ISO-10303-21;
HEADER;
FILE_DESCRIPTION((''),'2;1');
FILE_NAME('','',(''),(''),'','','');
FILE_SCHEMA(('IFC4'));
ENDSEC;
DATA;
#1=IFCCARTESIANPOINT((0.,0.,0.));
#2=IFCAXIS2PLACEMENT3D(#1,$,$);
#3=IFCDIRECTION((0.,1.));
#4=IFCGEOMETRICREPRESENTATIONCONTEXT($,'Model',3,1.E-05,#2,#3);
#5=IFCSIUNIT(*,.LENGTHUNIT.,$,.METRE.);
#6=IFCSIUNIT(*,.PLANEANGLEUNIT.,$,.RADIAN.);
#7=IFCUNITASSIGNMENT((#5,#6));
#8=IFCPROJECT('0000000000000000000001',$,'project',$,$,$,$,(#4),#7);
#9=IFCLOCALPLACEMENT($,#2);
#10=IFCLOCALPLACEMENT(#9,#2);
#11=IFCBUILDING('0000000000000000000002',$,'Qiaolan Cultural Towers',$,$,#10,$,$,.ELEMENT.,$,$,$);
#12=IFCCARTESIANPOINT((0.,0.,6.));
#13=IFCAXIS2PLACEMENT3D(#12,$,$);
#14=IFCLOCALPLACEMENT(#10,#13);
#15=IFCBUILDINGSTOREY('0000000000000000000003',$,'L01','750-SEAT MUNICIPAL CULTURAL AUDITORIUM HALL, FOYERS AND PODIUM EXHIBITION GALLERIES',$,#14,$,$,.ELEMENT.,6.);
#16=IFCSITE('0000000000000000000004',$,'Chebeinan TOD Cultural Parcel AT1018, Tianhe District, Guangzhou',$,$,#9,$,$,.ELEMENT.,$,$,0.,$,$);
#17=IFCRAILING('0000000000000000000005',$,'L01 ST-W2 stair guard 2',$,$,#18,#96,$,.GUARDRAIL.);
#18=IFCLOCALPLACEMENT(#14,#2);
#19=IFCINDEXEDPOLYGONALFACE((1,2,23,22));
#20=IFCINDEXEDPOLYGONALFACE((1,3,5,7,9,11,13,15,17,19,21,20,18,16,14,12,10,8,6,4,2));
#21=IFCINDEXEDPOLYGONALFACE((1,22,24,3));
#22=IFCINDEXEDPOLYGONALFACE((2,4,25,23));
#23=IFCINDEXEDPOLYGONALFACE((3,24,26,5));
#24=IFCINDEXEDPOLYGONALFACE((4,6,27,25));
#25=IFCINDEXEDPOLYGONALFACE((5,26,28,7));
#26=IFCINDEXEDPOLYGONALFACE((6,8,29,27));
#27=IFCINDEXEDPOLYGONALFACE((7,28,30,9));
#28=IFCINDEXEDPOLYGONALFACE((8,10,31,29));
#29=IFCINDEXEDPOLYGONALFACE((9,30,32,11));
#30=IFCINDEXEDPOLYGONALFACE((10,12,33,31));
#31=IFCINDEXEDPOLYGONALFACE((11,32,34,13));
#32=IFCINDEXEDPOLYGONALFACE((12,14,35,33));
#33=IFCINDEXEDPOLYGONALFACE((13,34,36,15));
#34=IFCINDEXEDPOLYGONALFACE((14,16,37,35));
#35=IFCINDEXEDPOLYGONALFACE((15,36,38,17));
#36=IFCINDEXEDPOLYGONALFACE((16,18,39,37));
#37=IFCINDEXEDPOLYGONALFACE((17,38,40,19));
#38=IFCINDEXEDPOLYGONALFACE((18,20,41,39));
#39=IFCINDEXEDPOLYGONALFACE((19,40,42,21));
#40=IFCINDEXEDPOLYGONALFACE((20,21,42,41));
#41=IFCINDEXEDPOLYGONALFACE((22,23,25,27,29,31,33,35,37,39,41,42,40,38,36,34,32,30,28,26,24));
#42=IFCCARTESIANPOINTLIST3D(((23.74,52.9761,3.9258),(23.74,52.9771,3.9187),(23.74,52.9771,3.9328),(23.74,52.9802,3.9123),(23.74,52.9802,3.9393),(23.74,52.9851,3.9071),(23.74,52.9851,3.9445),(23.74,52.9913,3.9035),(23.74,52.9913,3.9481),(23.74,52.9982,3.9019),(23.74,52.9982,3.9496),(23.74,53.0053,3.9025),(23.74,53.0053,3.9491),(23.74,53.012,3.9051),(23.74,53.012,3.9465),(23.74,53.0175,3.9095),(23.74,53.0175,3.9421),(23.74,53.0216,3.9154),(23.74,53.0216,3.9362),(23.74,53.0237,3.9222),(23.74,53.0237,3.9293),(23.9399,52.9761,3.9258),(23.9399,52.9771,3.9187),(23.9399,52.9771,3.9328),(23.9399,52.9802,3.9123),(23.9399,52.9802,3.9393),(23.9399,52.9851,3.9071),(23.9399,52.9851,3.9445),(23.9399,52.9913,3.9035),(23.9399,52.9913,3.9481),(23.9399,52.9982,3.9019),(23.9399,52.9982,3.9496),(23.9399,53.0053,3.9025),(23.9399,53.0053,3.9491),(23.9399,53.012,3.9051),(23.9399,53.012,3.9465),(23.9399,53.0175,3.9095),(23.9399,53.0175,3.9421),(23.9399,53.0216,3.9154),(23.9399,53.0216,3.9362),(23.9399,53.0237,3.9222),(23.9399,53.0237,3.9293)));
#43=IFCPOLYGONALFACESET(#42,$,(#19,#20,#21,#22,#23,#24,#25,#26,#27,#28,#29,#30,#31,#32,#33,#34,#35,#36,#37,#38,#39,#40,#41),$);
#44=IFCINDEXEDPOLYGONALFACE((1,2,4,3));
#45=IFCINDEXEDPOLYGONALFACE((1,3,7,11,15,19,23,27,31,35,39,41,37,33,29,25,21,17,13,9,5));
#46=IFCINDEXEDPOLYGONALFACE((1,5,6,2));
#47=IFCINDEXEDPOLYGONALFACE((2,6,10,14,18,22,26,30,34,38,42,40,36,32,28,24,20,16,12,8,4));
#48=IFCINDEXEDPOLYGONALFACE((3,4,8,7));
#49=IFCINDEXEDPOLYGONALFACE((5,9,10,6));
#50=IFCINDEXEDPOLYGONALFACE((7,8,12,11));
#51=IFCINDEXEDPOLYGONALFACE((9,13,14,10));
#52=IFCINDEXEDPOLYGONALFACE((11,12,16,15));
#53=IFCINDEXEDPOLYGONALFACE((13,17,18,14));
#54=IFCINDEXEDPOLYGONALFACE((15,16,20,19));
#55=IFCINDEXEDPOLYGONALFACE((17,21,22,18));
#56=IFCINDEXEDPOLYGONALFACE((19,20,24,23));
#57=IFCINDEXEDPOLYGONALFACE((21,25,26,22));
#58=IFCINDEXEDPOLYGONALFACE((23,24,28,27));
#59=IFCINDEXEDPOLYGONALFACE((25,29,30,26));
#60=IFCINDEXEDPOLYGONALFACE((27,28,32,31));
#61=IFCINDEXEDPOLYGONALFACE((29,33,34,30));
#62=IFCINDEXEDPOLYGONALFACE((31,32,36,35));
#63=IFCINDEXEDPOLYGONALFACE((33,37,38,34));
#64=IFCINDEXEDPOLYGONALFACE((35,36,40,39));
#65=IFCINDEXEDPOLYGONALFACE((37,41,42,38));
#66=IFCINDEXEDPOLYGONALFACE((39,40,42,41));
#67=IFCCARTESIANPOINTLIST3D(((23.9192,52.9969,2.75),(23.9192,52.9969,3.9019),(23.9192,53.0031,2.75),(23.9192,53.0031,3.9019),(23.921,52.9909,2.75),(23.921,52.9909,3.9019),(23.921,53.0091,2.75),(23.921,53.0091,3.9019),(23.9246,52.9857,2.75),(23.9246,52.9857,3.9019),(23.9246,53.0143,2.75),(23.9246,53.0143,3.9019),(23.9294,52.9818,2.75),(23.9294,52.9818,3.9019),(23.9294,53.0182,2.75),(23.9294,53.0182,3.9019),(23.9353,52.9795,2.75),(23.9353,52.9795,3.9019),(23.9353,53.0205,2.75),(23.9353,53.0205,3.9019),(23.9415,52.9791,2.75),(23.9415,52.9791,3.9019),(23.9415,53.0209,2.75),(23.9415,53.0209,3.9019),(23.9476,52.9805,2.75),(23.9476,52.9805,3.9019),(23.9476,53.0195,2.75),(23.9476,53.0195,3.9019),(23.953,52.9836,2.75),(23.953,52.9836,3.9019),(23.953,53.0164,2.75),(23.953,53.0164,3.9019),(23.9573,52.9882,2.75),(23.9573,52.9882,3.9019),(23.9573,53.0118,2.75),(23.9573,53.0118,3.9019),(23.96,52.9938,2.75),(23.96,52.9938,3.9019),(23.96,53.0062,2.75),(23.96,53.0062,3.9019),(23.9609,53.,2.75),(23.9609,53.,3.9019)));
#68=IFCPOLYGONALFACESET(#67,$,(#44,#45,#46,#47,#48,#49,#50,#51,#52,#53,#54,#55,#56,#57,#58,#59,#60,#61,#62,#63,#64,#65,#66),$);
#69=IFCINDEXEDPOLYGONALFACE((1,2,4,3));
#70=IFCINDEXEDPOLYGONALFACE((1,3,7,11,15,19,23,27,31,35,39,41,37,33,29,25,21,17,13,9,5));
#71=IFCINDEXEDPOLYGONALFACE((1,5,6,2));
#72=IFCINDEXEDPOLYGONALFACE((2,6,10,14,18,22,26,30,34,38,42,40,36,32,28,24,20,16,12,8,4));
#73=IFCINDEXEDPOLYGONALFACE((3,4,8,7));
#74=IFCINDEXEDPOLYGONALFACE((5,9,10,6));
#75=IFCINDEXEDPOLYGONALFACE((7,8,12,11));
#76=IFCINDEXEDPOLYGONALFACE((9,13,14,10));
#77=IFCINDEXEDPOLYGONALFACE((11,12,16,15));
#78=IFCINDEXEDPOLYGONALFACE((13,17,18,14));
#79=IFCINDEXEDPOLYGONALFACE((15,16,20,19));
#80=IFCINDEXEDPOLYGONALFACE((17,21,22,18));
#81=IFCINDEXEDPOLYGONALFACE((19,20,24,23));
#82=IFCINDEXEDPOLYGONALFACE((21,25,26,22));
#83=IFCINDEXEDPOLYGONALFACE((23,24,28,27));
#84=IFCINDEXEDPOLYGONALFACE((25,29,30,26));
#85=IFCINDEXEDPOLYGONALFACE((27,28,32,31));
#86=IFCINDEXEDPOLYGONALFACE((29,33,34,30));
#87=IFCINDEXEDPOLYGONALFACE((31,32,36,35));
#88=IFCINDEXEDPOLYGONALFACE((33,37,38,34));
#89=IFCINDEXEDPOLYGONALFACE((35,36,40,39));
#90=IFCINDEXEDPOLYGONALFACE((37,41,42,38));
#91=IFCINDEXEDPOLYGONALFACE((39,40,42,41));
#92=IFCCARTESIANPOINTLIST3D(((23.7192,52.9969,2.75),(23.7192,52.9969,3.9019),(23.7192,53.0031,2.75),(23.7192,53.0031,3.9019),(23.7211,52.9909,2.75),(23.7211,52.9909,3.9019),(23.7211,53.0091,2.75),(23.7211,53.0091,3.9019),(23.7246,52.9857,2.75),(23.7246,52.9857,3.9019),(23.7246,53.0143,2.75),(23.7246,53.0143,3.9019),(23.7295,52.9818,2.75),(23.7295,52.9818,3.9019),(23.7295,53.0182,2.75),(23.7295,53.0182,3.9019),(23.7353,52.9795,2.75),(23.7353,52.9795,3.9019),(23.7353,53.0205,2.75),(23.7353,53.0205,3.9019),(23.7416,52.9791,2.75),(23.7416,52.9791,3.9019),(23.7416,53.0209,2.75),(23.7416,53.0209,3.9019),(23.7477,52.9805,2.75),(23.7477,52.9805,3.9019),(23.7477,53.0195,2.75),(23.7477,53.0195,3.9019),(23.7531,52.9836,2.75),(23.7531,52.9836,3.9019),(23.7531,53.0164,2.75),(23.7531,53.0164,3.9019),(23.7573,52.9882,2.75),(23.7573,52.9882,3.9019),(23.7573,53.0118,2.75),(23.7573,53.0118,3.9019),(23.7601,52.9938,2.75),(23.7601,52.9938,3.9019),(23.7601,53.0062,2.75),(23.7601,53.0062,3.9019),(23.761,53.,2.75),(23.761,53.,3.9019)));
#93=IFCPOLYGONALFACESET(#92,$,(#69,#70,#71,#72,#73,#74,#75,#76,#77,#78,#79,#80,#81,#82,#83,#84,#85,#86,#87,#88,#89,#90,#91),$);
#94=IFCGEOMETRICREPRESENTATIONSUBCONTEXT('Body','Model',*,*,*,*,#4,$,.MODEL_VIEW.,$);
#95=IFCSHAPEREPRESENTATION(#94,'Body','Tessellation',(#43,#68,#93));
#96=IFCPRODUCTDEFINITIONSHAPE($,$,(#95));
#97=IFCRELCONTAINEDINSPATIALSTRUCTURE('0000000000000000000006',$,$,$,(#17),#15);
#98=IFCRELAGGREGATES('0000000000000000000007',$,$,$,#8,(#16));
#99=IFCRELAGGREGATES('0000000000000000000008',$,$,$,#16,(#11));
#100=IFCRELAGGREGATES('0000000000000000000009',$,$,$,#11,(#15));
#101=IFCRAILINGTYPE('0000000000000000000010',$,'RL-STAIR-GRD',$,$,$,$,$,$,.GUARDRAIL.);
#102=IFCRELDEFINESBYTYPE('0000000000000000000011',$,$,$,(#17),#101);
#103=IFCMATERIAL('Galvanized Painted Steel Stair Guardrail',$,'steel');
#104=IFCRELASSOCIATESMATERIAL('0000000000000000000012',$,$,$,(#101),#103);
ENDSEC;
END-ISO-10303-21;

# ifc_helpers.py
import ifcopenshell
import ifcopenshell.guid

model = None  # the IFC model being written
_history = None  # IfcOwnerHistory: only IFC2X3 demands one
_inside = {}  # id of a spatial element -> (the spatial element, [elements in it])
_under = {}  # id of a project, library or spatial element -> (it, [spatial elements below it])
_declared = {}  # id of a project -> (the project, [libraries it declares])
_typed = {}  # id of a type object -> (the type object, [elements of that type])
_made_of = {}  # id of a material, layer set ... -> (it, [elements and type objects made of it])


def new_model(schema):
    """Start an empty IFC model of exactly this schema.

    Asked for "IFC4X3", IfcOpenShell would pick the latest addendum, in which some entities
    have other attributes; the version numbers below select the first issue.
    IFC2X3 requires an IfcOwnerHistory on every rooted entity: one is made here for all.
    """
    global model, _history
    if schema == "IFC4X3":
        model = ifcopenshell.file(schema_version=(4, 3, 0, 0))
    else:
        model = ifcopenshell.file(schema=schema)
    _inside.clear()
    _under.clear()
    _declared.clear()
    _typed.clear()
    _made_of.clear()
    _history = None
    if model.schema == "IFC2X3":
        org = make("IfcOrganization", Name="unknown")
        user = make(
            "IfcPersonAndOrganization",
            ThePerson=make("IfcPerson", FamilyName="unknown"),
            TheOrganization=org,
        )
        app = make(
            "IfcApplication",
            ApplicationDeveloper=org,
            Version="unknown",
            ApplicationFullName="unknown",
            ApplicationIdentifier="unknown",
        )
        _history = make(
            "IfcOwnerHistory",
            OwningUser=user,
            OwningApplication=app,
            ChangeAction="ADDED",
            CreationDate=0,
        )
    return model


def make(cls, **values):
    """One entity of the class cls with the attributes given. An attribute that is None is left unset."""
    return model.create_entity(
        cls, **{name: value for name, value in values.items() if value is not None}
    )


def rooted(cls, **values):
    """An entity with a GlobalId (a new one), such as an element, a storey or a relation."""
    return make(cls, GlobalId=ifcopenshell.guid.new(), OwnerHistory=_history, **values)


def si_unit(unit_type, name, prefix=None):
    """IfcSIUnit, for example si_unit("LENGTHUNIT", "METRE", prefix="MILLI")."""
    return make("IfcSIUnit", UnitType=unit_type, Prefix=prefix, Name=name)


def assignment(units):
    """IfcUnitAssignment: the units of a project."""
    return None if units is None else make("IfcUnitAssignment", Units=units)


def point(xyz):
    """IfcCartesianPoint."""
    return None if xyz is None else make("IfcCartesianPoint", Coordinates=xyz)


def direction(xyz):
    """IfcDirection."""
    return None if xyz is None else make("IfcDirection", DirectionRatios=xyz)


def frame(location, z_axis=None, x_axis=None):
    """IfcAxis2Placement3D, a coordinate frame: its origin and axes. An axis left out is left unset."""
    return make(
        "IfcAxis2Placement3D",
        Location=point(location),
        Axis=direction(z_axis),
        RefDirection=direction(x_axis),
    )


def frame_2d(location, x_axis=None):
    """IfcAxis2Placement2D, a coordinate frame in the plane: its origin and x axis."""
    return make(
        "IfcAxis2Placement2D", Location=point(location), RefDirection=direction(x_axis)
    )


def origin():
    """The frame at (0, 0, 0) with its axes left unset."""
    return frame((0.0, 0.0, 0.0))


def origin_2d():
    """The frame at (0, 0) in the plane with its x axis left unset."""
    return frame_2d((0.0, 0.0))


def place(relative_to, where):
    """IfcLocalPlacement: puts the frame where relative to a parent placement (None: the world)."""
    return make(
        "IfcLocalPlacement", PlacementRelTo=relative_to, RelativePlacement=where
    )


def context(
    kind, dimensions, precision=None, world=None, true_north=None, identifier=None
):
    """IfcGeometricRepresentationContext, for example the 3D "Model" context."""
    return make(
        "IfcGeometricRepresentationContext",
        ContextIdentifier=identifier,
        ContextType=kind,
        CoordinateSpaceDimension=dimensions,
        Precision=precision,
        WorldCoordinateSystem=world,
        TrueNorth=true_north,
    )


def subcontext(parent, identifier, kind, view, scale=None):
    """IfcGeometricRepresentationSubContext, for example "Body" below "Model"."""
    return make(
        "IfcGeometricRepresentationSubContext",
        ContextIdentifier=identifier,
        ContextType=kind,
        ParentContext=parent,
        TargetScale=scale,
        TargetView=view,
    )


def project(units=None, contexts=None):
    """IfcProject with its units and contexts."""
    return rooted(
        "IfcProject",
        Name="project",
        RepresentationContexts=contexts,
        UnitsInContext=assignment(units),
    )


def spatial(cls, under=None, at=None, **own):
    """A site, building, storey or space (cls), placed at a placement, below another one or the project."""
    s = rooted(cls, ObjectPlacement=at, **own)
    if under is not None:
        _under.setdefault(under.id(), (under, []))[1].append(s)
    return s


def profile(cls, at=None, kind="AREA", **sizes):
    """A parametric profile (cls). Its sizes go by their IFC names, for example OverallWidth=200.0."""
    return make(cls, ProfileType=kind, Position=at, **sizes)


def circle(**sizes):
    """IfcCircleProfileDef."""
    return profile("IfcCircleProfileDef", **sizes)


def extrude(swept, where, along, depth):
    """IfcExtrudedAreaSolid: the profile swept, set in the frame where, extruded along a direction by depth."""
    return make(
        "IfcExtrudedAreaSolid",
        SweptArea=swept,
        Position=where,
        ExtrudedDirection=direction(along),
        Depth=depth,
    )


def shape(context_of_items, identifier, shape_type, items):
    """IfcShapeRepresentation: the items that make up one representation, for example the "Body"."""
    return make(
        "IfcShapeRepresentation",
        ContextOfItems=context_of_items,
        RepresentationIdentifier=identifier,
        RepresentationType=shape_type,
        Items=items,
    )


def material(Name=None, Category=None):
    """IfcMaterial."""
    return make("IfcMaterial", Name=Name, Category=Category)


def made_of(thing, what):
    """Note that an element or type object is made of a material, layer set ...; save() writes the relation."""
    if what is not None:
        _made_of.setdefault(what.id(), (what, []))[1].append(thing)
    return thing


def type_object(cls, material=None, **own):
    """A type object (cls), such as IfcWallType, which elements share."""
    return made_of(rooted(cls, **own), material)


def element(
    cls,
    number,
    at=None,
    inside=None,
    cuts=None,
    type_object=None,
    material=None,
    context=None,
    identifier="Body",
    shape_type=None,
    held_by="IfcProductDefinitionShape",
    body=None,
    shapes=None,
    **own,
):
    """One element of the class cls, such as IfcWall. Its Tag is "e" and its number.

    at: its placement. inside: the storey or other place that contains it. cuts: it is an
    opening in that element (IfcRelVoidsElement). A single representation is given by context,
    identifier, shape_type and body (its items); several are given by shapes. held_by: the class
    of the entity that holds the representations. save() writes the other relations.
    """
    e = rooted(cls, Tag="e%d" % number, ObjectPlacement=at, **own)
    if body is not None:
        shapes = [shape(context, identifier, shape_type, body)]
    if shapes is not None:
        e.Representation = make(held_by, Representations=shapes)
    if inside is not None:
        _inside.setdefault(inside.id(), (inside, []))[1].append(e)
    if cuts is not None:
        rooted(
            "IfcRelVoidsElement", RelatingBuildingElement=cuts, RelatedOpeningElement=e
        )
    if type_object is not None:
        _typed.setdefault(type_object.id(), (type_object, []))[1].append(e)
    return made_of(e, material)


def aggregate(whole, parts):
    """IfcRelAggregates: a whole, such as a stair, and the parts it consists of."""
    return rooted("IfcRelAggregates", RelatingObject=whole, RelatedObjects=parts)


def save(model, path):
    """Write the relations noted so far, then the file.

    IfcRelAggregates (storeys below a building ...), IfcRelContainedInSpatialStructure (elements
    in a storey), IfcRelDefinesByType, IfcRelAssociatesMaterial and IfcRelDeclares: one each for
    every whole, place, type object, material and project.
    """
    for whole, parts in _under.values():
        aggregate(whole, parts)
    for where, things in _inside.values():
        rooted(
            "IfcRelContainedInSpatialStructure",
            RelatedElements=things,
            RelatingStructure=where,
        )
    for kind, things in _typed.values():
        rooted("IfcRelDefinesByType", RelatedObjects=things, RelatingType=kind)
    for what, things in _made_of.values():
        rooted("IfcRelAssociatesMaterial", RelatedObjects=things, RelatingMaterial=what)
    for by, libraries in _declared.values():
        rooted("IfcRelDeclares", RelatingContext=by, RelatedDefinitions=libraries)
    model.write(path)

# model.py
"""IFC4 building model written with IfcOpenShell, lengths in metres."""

from ifc_helpers import new_model, si_unit, direction, frame, origin, origin_2d, place, context, subcontext, project, spatial, circle, extrude, material, type_object, element, save


model = new_model("IFC4")

# Units and contexts
model_context = context("Model", 3, precision=1e-05, world=origin(), true_north=direction((0.0, 1.0)))
body_context = subcontext(model_context, "Body", "Model", "MODEL_VIEW")
ifc_project = project(units=[si_unit("LENGTHUNIT", "METRE"), si_unit("PLANEANGLEUNIT", "RADIAN")], contexts=[model_context])

# Site, building, storey
site_placement = place(None, origin())
site = spatial("IfcSite", under=ifc_project, at=site_placement, Name="Chebeinan TOD Cultural Parcel AT1018, Tianhe District, Guangzhou", CompositionType="ELEMENT", RefElevation=0.0)
building_placement = place(site_placement, origin())
building = spatial("IfcBuilding", under=site, at=building_placement, Name="Qiaolan Cultural Towers", CompositionType="ELEMENT")
storey_placement = place(building_placement, frame((0.0, 0.0, 6.0)))
storey = spatial("IfcBuildingStorey", under=building, at=storey_placement, Name="L01", Description="750-SEAT MUNICIPAL CULTURAL AUDITORIUM HALL, FOYERS AND PODIUM EXHIBITION GALLERIES", CompositionType="ELEMENT", Elevation=6.0)

# Railing
ifc_material_1 = material(Name="Galvanized Painted Steel Stair Guardrail", Category="steel")
railing_type_1 = type_object("IfcRailingType", Name="RL-STAIR-GRD", PredefinedType="GUARDRAIL", material=ifc_material_1)
railing_1_placement = place(storey_placement, frame((23.9399, 53.0, 2.75)))
element("IfcRailing", 1, at=railing_1_placement, inside=storey, type_object=railing_type_1, Name="L01 ST-W2 stair guard 2", PredefinedType="GUARDRAIL", context=body_context, shape_type="SweptSolid", body=[
    extrude(circle(Radius=0.0239, at=origin_2d()), frame((0.0, 0.0, 1.1758), z_axis=(-1.0, 0.0, 0.0), x_axis=(0.0, -1.0, 0.0)), (0.0, 0.0, 1.0), 0.2),
    extrude(circle(Radius=0.021, at=origin_2d()), origin(), (0.0, 0.0, 1.0), 1.1519),
    extrude(circle(Radius=0.021, at=origin_2d()), frame((-0.2, 0.0, 0.0)), (0.0, 0.0, 1.0), 1.1519),
])

save(model, "model.ifc")
